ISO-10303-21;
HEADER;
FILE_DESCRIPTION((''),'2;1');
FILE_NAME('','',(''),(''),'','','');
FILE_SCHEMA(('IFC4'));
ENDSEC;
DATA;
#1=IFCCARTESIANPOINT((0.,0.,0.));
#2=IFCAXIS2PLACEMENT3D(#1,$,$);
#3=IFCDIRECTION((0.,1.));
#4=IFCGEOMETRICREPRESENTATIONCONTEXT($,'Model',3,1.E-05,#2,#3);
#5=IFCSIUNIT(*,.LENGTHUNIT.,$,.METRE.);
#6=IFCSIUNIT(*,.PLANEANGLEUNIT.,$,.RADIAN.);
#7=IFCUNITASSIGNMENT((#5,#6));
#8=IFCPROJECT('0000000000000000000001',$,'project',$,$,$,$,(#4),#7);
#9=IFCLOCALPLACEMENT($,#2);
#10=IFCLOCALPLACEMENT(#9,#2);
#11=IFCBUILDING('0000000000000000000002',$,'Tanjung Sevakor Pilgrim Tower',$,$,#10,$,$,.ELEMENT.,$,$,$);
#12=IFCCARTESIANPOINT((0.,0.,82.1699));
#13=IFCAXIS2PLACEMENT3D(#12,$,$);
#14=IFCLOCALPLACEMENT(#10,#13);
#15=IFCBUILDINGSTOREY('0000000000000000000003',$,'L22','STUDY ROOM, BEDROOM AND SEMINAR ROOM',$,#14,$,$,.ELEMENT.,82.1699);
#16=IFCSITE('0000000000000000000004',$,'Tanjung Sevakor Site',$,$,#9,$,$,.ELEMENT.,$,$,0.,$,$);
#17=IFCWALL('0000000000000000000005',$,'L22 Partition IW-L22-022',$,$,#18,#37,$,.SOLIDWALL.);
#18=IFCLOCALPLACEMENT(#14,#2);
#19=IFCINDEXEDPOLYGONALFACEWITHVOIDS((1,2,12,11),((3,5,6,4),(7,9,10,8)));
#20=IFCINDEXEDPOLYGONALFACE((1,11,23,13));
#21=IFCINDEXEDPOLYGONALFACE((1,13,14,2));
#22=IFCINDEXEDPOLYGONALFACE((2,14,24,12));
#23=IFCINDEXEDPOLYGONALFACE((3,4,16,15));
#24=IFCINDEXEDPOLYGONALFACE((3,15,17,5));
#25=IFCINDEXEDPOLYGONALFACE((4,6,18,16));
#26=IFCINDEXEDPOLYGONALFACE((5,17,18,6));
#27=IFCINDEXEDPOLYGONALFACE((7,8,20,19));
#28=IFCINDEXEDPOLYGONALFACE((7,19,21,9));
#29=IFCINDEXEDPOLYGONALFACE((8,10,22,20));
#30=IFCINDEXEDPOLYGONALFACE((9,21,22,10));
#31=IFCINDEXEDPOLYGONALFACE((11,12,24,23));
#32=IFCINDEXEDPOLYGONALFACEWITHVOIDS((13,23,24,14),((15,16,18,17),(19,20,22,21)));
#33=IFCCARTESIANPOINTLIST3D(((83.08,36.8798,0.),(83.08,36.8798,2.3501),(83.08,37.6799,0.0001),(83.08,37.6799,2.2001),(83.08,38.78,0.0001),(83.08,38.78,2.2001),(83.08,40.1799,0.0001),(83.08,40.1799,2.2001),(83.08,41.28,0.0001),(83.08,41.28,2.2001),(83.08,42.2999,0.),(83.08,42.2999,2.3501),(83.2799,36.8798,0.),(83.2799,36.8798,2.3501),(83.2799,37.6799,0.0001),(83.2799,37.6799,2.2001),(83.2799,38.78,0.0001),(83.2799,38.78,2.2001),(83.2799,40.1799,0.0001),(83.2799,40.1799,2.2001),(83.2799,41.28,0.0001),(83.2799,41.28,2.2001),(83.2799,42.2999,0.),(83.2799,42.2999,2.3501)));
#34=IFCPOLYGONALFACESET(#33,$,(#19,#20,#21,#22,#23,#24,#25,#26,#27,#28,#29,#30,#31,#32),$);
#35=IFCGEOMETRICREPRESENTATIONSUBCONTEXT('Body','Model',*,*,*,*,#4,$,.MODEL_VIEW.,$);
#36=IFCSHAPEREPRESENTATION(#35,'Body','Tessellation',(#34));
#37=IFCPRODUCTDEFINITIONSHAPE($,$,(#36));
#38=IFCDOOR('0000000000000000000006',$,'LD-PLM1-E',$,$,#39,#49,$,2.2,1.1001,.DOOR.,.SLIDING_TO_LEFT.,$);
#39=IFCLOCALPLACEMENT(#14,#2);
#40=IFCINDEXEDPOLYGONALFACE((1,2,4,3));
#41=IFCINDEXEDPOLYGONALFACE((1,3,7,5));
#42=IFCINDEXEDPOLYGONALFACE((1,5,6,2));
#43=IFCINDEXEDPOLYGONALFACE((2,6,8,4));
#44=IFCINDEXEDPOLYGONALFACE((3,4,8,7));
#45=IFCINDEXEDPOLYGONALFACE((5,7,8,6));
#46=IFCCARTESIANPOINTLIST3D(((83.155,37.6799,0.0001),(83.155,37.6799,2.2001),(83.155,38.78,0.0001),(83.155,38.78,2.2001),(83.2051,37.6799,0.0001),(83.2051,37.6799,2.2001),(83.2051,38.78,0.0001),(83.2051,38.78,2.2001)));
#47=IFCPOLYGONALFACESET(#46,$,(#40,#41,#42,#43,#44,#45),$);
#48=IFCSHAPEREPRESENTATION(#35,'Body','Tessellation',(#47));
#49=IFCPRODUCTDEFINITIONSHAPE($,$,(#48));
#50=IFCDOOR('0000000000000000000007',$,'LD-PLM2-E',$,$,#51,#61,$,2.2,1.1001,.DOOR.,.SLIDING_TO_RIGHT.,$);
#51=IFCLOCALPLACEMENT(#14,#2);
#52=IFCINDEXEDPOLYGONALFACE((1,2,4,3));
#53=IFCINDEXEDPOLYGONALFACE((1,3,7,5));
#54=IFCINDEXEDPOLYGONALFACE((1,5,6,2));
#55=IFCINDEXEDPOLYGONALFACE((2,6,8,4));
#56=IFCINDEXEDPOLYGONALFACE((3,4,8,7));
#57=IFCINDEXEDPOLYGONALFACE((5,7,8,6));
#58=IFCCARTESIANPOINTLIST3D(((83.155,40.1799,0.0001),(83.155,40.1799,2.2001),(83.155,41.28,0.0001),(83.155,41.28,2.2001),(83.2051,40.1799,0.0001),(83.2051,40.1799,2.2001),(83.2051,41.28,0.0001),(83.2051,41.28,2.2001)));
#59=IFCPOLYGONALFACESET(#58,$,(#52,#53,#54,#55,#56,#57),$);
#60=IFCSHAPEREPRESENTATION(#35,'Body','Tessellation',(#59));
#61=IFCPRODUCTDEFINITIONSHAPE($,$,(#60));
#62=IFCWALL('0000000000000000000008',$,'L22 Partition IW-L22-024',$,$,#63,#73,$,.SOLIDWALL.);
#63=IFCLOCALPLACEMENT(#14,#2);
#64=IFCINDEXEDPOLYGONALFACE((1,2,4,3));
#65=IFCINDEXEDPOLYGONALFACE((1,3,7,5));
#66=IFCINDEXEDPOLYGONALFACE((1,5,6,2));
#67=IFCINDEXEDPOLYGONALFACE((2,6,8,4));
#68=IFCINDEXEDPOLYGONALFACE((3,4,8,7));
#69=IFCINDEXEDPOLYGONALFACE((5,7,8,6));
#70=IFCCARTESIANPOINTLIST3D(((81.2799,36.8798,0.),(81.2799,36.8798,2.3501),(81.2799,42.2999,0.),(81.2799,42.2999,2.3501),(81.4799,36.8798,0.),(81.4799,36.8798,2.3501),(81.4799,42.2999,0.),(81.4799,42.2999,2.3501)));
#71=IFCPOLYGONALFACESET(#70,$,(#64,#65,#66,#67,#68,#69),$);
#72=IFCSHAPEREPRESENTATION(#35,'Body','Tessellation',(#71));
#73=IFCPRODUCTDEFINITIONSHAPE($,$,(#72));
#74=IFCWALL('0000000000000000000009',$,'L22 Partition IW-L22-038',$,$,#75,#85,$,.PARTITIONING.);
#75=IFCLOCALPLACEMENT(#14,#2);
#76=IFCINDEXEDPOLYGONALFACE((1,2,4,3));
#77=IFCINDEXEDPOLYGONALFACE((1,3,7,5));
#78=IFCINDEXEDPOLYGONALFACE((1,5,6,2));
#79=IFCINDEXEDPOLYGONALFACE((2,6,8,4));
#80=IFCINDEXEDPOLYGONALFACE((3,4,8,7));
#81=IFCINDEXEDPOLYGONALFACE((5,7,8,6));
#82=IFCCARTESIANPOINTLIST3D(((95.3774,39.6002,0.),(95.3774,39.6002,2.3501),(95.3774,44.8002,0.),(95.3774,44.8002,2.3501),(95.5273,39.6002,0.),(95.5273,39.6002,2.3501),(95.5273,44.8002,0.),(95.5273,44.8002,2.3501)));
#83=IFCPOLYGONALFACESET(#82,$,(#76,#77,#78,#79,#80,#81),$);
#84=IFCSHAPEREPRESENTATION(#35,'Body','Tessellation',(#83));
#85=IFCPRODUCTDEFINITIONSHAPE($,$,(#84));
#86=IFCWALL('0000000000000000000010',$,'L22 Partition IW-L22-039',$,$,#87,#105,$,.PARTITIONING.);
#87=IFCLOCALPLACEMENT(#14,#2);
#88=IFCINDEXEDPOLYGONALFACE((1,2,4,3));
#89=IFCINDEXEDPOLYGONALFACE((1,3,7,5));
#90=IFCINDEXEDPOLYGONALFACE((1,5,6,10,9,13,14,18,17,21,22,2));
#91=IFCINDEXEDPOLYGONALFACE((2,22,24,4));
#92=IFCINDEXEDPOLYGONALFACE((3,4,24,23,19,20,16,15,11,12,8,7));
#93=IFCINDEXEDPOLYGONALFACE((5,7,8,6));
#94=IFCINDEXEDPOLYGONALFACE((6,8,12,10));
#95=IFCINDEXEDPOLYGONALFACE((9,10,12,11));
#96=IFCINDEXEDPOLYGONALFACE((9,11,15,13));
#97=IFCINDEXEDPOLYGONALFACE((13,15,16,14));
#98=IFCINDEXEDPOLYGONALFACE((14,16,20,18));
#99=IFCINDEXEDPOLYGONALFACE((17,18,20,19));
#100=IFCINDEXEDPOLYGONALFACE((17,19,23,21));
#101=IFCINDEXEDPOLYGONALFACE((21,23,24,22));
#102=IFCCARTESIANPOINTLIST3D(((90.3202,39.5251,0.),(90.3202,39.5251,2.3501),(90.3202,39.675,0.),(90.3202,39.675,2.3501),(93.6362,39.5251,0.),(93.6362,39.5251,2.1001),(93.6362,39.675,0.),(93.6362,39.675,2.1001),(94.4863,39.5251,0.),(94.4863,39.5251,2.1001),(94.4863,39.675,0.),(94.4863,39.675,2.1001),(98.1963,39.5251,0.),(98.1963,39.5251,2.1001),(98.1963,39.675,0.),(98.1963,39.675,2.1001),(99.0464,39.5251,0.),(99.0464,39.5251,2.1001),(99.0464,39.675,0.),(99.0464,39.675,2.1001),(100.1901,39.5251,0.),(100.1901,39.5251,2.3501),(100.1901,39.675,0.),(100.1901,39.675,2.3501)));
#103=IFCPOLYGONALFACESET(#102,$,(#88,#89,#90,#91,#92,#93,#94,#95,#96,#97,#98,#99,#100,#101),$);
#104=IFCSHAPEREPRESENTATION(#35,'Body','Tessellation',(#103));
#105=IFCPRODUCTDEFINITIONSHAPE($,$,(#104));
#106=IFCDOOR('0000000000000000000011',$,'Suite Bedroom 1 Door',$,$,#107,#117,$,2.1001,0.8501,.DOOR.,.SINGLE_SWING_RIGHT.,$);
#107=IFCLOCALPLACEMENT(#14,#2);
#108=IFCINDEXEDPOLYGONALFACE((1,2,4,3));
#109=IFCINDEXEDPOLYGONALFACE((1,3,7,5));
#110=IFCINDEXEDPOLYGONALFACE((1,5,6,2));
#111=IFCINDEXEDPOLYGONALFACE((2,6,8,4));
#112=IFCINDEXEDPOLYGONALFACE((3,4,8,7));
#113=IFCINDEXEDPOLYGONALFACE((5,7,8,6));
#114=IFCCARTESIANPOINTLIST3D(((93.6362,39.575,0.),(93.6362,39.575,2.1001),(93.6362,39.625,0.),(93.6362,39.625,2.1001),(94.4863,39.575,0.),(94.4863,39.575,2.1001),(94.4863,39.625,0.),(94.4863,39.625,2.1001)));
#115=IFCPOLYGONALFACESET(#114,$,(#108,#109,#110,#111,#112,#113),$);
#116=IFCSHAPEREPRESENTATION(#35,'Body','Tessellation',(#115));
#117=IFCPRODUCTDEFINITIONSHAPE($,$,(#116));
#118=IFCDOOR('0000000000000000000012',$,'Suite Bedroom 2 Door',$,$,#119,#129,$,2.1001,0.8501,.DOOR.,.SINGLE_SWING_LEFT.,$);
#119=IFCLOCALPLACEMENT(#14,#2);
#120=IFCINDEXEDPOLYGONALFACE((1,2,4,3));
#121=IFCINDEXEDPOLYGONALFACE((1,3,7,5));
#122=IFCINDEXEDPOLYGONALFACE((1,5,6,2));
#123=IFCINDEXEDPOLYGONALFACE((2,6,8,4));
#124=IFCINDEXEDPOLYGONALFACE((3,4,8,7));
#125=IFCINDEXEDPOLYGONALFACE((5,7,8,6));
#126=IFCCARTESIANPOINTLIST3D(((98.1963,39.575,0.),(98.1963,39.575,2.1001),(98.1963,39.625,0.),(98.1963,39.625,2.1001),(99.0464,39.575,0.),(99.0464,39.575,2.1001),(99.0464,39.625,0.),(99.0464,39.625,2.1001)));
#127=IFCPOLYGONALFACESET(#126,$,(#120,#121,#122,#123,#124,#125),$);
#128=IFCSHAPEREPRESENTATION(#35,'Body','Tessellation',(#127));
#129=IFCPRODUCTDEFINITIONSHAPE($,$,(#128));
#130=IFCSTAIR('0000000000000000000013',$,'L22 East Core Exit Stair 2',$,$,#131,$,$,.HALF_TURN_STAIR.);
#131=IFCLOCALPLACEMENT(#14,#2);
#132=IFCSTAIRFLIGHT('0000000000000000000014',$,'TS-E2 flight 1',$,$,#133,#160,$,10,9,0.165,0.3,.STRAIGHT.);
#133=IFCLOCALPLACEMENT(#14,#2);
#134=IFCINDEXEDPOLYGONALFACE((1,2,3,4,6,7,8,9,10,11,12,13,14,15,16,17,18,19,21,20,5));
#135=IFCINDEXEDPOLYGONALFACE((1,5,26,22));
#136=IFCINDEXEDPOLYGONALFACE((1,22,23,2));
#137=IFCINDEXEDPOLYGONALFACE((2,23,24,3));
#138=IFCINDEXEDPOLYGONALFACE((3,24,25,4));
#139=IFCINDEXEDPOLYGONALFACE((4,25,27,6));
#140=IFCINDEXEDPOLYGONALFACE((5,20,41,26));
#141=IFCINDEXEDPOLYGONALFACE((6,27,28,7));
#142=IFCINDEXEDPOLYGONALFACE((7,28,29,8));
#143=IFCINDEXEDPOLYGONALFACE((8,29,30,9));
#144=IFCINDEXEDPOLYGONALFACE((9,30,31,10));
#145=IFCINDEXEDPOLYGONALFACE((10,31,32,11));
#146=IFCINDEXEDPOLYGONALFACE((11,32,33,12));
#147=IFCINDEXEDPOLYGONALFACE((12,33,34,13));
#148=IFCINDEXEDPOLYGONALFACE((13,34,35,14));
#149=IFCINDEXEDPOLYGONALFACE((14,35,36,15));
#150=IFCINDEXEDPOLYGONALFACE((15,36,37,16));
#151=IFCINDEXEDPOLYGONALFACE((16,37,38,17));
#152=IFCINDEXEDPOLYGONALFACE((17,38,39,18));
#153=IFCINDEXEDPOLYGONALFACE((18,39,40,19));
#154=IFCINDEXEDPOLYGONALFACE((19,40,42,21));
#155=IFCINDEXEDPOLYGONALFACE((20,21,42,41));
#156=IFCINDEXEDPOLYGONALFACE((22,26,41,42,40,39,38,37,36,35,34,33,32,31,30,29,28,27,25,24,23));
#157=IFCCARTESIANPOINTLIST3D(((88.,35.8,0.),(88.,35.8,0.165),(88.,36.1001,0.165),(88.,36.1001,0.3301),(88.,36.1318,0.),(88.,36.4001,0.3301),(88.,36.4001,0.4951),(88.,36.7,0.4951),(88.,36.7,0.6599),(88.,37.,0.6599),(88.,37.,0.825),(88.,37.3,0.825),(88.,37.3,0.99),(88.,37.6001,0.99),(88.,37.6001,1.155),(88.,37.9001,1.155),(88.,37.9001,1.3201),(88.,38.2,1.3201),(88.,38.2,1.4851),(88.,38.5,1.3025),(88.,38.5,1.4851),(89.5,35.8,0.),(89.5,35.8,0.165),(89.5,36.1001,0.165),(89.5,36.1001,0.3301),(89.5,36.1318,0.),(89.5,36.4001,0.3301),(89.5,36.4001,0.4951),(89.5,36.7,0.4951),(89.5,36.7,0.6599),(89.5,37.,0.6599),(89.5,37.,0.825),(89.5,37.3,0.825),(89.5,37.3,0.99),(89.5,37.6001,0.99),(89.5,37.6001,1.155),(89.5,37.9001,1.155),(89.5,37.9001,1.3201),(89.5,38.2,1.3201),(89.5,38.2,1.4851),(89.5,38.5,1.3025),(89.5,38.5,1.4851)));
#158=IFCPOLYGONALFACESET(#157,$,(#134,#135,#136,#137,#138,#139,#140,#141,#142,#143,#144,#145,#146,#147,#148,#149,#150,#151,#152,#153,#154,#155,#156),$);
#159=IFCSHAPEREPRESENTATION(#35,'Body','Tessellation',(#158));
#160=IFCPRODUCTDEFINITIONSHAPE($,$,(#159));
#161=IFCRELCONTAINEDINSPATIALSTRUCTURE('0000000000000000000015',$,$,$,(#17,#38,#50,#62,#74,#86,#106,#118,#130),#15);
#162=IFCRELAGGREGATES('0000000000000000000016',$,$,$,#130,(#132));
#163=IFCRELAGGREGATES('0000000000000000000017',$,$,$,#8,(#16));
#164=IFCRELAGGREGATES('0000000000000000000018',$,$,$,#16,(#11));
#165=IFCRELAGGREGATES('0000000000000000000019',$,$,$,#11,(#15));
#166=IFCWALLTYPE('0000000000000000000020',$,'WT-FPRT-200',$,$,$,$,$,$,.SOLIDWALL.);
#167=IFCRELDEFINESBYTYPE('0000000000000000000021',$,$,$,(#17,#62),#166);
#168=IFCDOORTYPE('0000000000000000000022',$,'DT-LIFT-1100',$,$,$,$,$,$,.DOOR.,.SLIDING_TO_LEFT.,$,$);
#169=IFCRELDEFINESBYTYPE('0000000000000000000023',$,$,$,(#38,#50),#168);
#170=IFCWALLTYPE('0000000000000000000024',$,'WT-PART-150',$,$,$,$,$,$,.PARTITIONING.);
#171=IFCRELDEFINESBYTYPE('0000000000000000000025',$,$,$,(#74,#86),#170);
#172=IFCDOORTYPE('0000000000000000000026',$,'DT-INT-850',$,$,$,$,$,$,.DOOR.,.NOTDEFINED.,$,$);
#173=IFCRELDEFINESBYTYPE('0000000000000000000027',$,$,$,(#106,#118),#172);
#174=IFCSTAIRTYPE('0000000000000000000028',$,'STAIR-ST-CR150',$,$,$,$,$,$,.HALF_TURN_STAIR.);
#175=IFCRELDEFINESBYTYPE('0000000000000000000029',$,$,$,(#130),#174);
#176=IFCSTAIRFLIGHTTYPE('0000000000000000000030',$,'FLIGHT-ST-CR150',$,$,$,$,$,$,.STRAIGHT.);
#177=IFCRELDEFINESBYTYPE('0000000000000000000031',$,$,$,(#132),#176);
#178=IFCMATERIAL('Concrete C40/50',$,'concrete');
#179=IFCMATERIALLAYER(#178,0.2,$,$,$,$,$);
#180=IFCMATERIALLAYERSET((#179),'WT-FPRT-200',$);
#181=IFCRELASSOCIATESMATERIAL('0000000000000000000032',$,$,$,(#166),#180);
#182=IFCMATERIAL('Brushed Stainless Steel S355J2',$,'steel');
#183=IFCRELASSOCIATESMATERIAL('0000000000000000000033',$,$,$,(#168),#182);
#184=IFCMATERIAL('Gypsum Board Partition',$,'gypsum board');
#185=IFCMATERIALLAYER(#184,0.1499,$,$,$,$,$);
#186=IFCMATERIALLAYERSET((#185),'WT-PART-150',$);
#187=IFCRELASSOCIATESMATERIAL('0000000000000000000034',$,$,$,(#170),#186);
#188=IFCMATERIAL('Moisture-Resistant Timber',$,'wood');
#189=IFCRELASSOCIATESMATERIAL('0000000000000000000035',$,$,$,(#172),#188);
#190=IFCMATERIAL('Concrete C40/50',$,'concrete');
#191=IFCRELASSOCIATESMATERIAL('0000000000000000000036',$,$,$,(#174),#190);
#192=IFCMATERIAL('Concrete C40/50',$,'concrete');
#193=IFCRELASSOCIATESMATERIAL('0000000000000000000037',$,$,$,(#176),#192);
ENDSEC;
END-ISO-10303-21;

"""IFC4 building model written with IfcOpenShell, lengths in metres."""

from ifc_helpers import new_model, si_unit, direction, frame, frame_2d, origin, place, context, subcontext, project, spatial, polyline, rectangle, outline, extrude, material, layer, layer_set, type_object, element, fill, aggregate, save


model = new_model("IFC4")

# Units and contexts
model_context = context("Model", 3, precision=1e-05, world=origin(), true_north=direction((0.0, 1.0)))
body_context = subcontext(model_context, "Body", "Model", "MODEL_VIEW")
ifc_project = project(units=[si_unit("LENGTHUNIT", "METRE"), si_unit("PLANEANGLEUNIT", "RADIAN")], contexts=[model_context])

# Site, building, storey
site_placement = place(None, origin())
site = spatial("IfcSite", under=ifc_project, at=site_placement, Name="Tanjung Sevakor Site", CompositionType="ELEMENT", RefElevation=0.0)
building_placement = place(site_placement, origin())
building = spatial("IfcBuilding", under=site, at=building_placement, Name="Tanjung Sevakor Pilgrim Tower", CompositionType="ELEMENT")
storey_placement = place(building_placement, frame((0.0, 0.0, 82.1699)))
storey = spatial("IfcBuildingStorey", under=building, at=storey_placement, Name="L22", Description="STUDY ROOM, BEDROOM AND SEMINAR ROOM", CompositionType="ELEMENT", Elevation=82.1699)

# Shared definitions
ifc_material_1 = material(Name="Concrete C40/50", Category="concrete")
ifc_layer_1 = layer(ifc_material_1, 0.2)
ifc_layer_set_1 = layer_set([ifc_layer_1], Name="WT-FPRT-200")
wall_type_1 = type_object("IfcWallType", Name="WT-FPRT-200", PredefinedType="SOLIDWALL", material=ifc_layer_set_1)

# Wall, openings, doors
wall_1_placement = place(storey_placement, frame((83.1799, 36.8799, 0.0), z_axis=(0.0, 0.0, 1.0), x_axis=(0.0, 1.0, 0.0)))
wall_1 = element("IfcWall", 1, at=wall_1_placement, inside=storey, type_object=wall_type_1, Name="L22 Partition IW-L22-022", PredefinedType="SOLIDWALL", context=body_context, shape_type="SweptSolid", body=[
    extrude(rectangle(XDim=5.4202, YDim=0.2, at=frame_2d((2.71, 0.0))), origin(), (0.0, 0.0, 1.0), 2.3501),
])
opening_1_placement = place(wall_1_placement, frame((0.8, 0.0, 0.0)))
opening_1 = element("IfcOpeningElement", 2, at=opening_1_placement, cuts=wall_1, PredefinedType="OPENING", context=body_context, shape_type="SweptSolid", body=[
    extrude(rectangle(XDim=1.1001, YDim=2.2, at=frame_2d((0.55, 1.1001))), frame((0.0, 0.1099, 0.0), z_axis=(0.0, -1.0, 0.0), x_axis=(1.0, 0.0, 0.0)), (0.0, 0.0, 1.0), 0.22),
])
opening_2_placement = place(wall_1_placement, frame((3.3, 0.0, 0.0)))
opening_2 = element("IfcOpeningElement", 3, at=opening_2_placement, cuts=wall_1, PredefinedType="OPENING", context=body_context, shape_type="SweptSolid", body=[
    extrude(rectangle(XDim=1.1001, YDim=2.2, at=frame_2d((0.55, 1.1001))), frame((0.0, 0.1099, 0.0), z_axis=(0.0, -1.0, 0.0), x_axis=(1.0, 0.0, 0.0)), (0.0, 0.0, 1.0), 0.22),
])
ifc_material_2 = material(Name="Brushed Stainless Steel S355J2", Category="steel")
door_type_1 = type_object("IfcDoorType", Name="DT-LIFT-1100", OperationType="SLIDING_TO_LEFT", PredefinedType="DOOR", material=ifc_material_2)
door_1_placement = place(opening_1_placement, origin())
door_1 = element("IfcDoor", 4, at=door_1_placement, inside=storey, type_object=door_type_1, Name="LD-PLM1-E", OperationType="SLIDING_TO_LEFT", OverallHeight=2.2, OverallWidth=1.1001, PredefinedType="DOOR", context=body_context, shape_type="SweptSolid", body=[
    extrude(rectangle(XDim=1.1001, YDim=2.2, at=frame_2d((0.55, 1.1001))), frame((0.0, 0.0249, 0.0), z_axis=(0.0, -1.0, 0.0), x_axis=(1.0, 0.0, 0.0)), (0.0, 0.0, 1.0), 0.05),
])
fill(opening_1, door_1)
door_2_placement = place(opening_2_placement, origin())
door_2 = element("IfcDoor", 5, at=door_2_placement, inside=storey, type_object=door_type_1, Name="LD-PLM2-E", OperationType="SLIDING_TO_RIGHT", OverallHeight=2.2, OverallWidth=1.1001, PredefinedType="DOOR", context=body_context, shape_type="SweptSolid", body=[
    extrude(rectangle(XDim=1.1001, YDim=2.2, at=frame_2d((0.55, 1.1001))), frame((0.0, 0.0249, 0.0), z_axis=(0.0, -1.0, 0.0), x_axis=(1.0, 0.0, 0.0)), (0.0, 0.0, 1.0), 0.05),
])
fill(opening_2, door_2)

# Walls
wall_2_placement = place(storey_placement, frame((81.3799, 36.8799, 0.0), z_axis=(0.0, 0.0, 1.0), x_axis=(0.0, 1.0, 0.0)))
element("IfcWall", 6, at=wall_2_placement, inside=storey, type_object=wall_type_1, Name="L22 Partition IW-L22-024", PredefinedType="SOLIDWALL", context=body_context, shape_type="SweptSolid", body=[
    extrude(rectangle(XDim=5.4202, YDim=0.2, at=frame_2d((2.71, 0.0))), origin(), (0.0, 0.0, 1.0), 2.3501),
])
ifc_material_3 = material(Name="Gypsum Board Partition", Category="gypsum board")
ifc_layer_2 = layer(ifc_material_3, 0.1499)
ifc_layer_set_2 = layer_set([ifc_layer_2], Name="WT-PART-150")
wall_type_2 = type_object("IfcWallType", Name="WT-PART-150", PredefinedType="PARTITIONING", material=ifc_layer_set_2)
wall_3_placement = place(storey_placement, frame((95.4524, 39.6001, 0.0), z_axis=(0.0, 0.0, 1.0), x_axis=(0.0, 1.0, 0.0)))
element("IfcWall", 7, at=wall_3_placement, inside=storey, type_object=wall_type_2, Name="L22 Partition IW-L22-038", PredefinedType="PARTITIONING", context=body_context, shape_type="SweptSolid", body=[
    extrude(rectangle(XDim=5.2, YDim=0.1499, at=frame_2d((2.6001, 0.0))), origin(), (0.0, 0.0, 1.0), 2.3501),
])

# Wall, openings, doors
wall_4_placement = place(storey_placement, frame((90.3201, 39.6001, 0.0), z_axis=(0.0, 0.0, 1.0), x_axis=(1.0, 0.0, 0.0)))
wall_4 = element("IfcWall", 8, at=wall_4_placement, inside=storey, type_object=wall_type_2, Name="L22 Partition IW-L22-039", PredefinedType="PARTITIONING", context=body_context, shape_type="SweptSolid", body=[
    extrude(rectangle(XDim=9.8699, YDim=0.1499, at=frame_2d((4.9351, 0.0))), origin(), (0.0, 0.0, 1.0), 2.3501),
])
opening_3_placement = place(wall_4_placement, frame((3.3162, 0.0, 0.0)))
opening_3 = element("IfcOpeningElement", 9, at=opening_3_placement, cuts=wall_4, PredefinedType="OPENING", context=body_context, shape_type="SweptSolid", body=[
    extrude(rectangle(XDim=0.8501, YDim=2.1001, at=frame_2d((0.425, 1.05))), frame((0.0, 0.085, 0.0), z_axis=(0.0, -1.0, 0.0), x_axis=(1.0, 0.0, 0.0)), (0.0, 0.0, 1.0), 0.1699),
])
opening_4_placement = place(wall_4_placement, frame((7.8762, 0.0, 0.0)))
opening_4 = element("IfcOpeningElement", 10, at=opening_4_placement, cuts=wall_4, PredefinedType="OPENING", context=body_context, shape_type="SweptSolid", body=[
    extrude(rectangle(XDim=0.8501, YDim=2.1001, at=frame_2d((0.425, 1.05))), frame((0.0, 0.085, 0.0), z_axis=(0.0, -1.0, 0.0), x_axis=(1.0, 0.0, 0.0)), (0.0, 0.0, 1.0), 0.1699),
])
ifc_material_4 = material(Name="Moisture-Resistant Timber", Category="wood")
door_type_2 = type_object("IfcDoorType", Name="DT-INT-850", OperationType="NOTDEFINED", PredefinedType="DOOR", material=ifc_material_4)
door_3_placement = place(opening_3_placement, origin())
door_3 = element("IfcDoor", 11, at=door_3_placement, inside=storey, type_object=door_type_2, Name="Suite Bedroom 1 Door", OperationType="SINGLE_SWING_RIGHT", OverallHeight=2.1001, OverallWidth=0.8501, PredefinedType="DOOR", context=body_context, shape_type="SweptSolid", body=[
    extrude(rectangle(XDim=0.8501, YDim=2.1001, at=frame_2d((0.425, 1.05))), frame((0.0, 0.0249, 0.0), z_axis=(0.0, -1.0, 0.0), x_axis=(1.0, 0.0, 0.0)), (0.0, 0.0, 1.0), 0.05),
])
fill(opening_3, door_3)
door_4_placement = place(opening_4_placement, origin())
door_4 = element("IfcDoor", 12, at=door_4_placement, inside=storey, type_object=door_type_2, Name="Suite Bedroom 2 Door", OperationType="SINGLE_SWING_LEFT", OverallHeight=2.1001, OverallWidth=0.8501, PredefinedType="DOOR", context=body_context, shape_type="SweptSolid", body=[
    extrude(rectangle(XDim=0.8501, YDim=2.1001, at=frame_2d((0.425, 1.05))), frame((0.0, 0.0249, 0.0), z_axis=(0.0, -1.0, 0.0), x_axis=(1.0, 0.0, 0.0)), (0.0, 0.0, 1.0), 0.05),
])
fill(opening_4, door_4)

# Stair, stair flight
ifc_material_5 = material(Name="Concrete C40/50", Category="concrete")
stair_type = type_object("IfcStairType", Name="STAIR-ST-CR150", PredefinedType="HALF_TURN_STAIR", material=ifc_material_5)
stair_placement = place(storey_placement, origin())
stair = element("IfcStair", 13, at=stair_placement, inside=storey, type_object=stair_type, Name="L22 East Core Exit Stair 2", PredefinedType="HALF_TURN_STAIR")
ifc_material_6 = material(Name="Concrete C40/50", Category="concrete")
stair_flight_type = type_object("IfcStairFlightType", Name="FLIGHT-ST-CR150", PredefinedType="STRAIGHT", material=ifc_material_6)
stair_flight_1_placement = place(storey_placement, frame((88.75, 35.8, 0.0), z_axis=(0.0, 0.0, 1.0), x_axis=(0.0, 1.0, 0.0)))
stair_flight_1 = element("IfcStairFlight", 14, at=stair_flight_1_placement, type_object=stair_flight_type, Name="TS-E2 flight 1", NumberOfRisers=10, NumberOfTreads=9, PredefinedType="STRAIGHT", RiserHeight=0.165, TreadLength=0.3, context=body_context, shape_type="SweptSolid", body=[
    extrude(outline(polyline([(0.0, 0.0), (0.0, 0.165), (0.3, 0.165), (0.3, 0.3301), (0.6001, 0.3301), (0.6001, 0.4951), (0.8999, 0.4951), (0.8999, 0.6599), (1.2, 0.6599), (1.2, 0.825), (1.5, 0.825), (1.5, 0.99), (1.8, 0.99), (1.8, 1.155), (2.1001, 1.155), (2.1001, 1.3201), (2.3999, 1.3201), (2.3999, 1.4851), (2.7, 1.4851), (2.7, 1.6499), (2.7, 1.3025), (0.3318, 0.0), (0.0, 0.0)])), frame((0.0, 0.75, 0.0), z_axis=(0.0, -1.0, 0.0), x_axis=(1.0, 0.0, 0.0)), (0.0, 0.0, 1.0), 1.5),
])
aggregate(stair, [stair_flight_1])

save(model, "model.ifc")
